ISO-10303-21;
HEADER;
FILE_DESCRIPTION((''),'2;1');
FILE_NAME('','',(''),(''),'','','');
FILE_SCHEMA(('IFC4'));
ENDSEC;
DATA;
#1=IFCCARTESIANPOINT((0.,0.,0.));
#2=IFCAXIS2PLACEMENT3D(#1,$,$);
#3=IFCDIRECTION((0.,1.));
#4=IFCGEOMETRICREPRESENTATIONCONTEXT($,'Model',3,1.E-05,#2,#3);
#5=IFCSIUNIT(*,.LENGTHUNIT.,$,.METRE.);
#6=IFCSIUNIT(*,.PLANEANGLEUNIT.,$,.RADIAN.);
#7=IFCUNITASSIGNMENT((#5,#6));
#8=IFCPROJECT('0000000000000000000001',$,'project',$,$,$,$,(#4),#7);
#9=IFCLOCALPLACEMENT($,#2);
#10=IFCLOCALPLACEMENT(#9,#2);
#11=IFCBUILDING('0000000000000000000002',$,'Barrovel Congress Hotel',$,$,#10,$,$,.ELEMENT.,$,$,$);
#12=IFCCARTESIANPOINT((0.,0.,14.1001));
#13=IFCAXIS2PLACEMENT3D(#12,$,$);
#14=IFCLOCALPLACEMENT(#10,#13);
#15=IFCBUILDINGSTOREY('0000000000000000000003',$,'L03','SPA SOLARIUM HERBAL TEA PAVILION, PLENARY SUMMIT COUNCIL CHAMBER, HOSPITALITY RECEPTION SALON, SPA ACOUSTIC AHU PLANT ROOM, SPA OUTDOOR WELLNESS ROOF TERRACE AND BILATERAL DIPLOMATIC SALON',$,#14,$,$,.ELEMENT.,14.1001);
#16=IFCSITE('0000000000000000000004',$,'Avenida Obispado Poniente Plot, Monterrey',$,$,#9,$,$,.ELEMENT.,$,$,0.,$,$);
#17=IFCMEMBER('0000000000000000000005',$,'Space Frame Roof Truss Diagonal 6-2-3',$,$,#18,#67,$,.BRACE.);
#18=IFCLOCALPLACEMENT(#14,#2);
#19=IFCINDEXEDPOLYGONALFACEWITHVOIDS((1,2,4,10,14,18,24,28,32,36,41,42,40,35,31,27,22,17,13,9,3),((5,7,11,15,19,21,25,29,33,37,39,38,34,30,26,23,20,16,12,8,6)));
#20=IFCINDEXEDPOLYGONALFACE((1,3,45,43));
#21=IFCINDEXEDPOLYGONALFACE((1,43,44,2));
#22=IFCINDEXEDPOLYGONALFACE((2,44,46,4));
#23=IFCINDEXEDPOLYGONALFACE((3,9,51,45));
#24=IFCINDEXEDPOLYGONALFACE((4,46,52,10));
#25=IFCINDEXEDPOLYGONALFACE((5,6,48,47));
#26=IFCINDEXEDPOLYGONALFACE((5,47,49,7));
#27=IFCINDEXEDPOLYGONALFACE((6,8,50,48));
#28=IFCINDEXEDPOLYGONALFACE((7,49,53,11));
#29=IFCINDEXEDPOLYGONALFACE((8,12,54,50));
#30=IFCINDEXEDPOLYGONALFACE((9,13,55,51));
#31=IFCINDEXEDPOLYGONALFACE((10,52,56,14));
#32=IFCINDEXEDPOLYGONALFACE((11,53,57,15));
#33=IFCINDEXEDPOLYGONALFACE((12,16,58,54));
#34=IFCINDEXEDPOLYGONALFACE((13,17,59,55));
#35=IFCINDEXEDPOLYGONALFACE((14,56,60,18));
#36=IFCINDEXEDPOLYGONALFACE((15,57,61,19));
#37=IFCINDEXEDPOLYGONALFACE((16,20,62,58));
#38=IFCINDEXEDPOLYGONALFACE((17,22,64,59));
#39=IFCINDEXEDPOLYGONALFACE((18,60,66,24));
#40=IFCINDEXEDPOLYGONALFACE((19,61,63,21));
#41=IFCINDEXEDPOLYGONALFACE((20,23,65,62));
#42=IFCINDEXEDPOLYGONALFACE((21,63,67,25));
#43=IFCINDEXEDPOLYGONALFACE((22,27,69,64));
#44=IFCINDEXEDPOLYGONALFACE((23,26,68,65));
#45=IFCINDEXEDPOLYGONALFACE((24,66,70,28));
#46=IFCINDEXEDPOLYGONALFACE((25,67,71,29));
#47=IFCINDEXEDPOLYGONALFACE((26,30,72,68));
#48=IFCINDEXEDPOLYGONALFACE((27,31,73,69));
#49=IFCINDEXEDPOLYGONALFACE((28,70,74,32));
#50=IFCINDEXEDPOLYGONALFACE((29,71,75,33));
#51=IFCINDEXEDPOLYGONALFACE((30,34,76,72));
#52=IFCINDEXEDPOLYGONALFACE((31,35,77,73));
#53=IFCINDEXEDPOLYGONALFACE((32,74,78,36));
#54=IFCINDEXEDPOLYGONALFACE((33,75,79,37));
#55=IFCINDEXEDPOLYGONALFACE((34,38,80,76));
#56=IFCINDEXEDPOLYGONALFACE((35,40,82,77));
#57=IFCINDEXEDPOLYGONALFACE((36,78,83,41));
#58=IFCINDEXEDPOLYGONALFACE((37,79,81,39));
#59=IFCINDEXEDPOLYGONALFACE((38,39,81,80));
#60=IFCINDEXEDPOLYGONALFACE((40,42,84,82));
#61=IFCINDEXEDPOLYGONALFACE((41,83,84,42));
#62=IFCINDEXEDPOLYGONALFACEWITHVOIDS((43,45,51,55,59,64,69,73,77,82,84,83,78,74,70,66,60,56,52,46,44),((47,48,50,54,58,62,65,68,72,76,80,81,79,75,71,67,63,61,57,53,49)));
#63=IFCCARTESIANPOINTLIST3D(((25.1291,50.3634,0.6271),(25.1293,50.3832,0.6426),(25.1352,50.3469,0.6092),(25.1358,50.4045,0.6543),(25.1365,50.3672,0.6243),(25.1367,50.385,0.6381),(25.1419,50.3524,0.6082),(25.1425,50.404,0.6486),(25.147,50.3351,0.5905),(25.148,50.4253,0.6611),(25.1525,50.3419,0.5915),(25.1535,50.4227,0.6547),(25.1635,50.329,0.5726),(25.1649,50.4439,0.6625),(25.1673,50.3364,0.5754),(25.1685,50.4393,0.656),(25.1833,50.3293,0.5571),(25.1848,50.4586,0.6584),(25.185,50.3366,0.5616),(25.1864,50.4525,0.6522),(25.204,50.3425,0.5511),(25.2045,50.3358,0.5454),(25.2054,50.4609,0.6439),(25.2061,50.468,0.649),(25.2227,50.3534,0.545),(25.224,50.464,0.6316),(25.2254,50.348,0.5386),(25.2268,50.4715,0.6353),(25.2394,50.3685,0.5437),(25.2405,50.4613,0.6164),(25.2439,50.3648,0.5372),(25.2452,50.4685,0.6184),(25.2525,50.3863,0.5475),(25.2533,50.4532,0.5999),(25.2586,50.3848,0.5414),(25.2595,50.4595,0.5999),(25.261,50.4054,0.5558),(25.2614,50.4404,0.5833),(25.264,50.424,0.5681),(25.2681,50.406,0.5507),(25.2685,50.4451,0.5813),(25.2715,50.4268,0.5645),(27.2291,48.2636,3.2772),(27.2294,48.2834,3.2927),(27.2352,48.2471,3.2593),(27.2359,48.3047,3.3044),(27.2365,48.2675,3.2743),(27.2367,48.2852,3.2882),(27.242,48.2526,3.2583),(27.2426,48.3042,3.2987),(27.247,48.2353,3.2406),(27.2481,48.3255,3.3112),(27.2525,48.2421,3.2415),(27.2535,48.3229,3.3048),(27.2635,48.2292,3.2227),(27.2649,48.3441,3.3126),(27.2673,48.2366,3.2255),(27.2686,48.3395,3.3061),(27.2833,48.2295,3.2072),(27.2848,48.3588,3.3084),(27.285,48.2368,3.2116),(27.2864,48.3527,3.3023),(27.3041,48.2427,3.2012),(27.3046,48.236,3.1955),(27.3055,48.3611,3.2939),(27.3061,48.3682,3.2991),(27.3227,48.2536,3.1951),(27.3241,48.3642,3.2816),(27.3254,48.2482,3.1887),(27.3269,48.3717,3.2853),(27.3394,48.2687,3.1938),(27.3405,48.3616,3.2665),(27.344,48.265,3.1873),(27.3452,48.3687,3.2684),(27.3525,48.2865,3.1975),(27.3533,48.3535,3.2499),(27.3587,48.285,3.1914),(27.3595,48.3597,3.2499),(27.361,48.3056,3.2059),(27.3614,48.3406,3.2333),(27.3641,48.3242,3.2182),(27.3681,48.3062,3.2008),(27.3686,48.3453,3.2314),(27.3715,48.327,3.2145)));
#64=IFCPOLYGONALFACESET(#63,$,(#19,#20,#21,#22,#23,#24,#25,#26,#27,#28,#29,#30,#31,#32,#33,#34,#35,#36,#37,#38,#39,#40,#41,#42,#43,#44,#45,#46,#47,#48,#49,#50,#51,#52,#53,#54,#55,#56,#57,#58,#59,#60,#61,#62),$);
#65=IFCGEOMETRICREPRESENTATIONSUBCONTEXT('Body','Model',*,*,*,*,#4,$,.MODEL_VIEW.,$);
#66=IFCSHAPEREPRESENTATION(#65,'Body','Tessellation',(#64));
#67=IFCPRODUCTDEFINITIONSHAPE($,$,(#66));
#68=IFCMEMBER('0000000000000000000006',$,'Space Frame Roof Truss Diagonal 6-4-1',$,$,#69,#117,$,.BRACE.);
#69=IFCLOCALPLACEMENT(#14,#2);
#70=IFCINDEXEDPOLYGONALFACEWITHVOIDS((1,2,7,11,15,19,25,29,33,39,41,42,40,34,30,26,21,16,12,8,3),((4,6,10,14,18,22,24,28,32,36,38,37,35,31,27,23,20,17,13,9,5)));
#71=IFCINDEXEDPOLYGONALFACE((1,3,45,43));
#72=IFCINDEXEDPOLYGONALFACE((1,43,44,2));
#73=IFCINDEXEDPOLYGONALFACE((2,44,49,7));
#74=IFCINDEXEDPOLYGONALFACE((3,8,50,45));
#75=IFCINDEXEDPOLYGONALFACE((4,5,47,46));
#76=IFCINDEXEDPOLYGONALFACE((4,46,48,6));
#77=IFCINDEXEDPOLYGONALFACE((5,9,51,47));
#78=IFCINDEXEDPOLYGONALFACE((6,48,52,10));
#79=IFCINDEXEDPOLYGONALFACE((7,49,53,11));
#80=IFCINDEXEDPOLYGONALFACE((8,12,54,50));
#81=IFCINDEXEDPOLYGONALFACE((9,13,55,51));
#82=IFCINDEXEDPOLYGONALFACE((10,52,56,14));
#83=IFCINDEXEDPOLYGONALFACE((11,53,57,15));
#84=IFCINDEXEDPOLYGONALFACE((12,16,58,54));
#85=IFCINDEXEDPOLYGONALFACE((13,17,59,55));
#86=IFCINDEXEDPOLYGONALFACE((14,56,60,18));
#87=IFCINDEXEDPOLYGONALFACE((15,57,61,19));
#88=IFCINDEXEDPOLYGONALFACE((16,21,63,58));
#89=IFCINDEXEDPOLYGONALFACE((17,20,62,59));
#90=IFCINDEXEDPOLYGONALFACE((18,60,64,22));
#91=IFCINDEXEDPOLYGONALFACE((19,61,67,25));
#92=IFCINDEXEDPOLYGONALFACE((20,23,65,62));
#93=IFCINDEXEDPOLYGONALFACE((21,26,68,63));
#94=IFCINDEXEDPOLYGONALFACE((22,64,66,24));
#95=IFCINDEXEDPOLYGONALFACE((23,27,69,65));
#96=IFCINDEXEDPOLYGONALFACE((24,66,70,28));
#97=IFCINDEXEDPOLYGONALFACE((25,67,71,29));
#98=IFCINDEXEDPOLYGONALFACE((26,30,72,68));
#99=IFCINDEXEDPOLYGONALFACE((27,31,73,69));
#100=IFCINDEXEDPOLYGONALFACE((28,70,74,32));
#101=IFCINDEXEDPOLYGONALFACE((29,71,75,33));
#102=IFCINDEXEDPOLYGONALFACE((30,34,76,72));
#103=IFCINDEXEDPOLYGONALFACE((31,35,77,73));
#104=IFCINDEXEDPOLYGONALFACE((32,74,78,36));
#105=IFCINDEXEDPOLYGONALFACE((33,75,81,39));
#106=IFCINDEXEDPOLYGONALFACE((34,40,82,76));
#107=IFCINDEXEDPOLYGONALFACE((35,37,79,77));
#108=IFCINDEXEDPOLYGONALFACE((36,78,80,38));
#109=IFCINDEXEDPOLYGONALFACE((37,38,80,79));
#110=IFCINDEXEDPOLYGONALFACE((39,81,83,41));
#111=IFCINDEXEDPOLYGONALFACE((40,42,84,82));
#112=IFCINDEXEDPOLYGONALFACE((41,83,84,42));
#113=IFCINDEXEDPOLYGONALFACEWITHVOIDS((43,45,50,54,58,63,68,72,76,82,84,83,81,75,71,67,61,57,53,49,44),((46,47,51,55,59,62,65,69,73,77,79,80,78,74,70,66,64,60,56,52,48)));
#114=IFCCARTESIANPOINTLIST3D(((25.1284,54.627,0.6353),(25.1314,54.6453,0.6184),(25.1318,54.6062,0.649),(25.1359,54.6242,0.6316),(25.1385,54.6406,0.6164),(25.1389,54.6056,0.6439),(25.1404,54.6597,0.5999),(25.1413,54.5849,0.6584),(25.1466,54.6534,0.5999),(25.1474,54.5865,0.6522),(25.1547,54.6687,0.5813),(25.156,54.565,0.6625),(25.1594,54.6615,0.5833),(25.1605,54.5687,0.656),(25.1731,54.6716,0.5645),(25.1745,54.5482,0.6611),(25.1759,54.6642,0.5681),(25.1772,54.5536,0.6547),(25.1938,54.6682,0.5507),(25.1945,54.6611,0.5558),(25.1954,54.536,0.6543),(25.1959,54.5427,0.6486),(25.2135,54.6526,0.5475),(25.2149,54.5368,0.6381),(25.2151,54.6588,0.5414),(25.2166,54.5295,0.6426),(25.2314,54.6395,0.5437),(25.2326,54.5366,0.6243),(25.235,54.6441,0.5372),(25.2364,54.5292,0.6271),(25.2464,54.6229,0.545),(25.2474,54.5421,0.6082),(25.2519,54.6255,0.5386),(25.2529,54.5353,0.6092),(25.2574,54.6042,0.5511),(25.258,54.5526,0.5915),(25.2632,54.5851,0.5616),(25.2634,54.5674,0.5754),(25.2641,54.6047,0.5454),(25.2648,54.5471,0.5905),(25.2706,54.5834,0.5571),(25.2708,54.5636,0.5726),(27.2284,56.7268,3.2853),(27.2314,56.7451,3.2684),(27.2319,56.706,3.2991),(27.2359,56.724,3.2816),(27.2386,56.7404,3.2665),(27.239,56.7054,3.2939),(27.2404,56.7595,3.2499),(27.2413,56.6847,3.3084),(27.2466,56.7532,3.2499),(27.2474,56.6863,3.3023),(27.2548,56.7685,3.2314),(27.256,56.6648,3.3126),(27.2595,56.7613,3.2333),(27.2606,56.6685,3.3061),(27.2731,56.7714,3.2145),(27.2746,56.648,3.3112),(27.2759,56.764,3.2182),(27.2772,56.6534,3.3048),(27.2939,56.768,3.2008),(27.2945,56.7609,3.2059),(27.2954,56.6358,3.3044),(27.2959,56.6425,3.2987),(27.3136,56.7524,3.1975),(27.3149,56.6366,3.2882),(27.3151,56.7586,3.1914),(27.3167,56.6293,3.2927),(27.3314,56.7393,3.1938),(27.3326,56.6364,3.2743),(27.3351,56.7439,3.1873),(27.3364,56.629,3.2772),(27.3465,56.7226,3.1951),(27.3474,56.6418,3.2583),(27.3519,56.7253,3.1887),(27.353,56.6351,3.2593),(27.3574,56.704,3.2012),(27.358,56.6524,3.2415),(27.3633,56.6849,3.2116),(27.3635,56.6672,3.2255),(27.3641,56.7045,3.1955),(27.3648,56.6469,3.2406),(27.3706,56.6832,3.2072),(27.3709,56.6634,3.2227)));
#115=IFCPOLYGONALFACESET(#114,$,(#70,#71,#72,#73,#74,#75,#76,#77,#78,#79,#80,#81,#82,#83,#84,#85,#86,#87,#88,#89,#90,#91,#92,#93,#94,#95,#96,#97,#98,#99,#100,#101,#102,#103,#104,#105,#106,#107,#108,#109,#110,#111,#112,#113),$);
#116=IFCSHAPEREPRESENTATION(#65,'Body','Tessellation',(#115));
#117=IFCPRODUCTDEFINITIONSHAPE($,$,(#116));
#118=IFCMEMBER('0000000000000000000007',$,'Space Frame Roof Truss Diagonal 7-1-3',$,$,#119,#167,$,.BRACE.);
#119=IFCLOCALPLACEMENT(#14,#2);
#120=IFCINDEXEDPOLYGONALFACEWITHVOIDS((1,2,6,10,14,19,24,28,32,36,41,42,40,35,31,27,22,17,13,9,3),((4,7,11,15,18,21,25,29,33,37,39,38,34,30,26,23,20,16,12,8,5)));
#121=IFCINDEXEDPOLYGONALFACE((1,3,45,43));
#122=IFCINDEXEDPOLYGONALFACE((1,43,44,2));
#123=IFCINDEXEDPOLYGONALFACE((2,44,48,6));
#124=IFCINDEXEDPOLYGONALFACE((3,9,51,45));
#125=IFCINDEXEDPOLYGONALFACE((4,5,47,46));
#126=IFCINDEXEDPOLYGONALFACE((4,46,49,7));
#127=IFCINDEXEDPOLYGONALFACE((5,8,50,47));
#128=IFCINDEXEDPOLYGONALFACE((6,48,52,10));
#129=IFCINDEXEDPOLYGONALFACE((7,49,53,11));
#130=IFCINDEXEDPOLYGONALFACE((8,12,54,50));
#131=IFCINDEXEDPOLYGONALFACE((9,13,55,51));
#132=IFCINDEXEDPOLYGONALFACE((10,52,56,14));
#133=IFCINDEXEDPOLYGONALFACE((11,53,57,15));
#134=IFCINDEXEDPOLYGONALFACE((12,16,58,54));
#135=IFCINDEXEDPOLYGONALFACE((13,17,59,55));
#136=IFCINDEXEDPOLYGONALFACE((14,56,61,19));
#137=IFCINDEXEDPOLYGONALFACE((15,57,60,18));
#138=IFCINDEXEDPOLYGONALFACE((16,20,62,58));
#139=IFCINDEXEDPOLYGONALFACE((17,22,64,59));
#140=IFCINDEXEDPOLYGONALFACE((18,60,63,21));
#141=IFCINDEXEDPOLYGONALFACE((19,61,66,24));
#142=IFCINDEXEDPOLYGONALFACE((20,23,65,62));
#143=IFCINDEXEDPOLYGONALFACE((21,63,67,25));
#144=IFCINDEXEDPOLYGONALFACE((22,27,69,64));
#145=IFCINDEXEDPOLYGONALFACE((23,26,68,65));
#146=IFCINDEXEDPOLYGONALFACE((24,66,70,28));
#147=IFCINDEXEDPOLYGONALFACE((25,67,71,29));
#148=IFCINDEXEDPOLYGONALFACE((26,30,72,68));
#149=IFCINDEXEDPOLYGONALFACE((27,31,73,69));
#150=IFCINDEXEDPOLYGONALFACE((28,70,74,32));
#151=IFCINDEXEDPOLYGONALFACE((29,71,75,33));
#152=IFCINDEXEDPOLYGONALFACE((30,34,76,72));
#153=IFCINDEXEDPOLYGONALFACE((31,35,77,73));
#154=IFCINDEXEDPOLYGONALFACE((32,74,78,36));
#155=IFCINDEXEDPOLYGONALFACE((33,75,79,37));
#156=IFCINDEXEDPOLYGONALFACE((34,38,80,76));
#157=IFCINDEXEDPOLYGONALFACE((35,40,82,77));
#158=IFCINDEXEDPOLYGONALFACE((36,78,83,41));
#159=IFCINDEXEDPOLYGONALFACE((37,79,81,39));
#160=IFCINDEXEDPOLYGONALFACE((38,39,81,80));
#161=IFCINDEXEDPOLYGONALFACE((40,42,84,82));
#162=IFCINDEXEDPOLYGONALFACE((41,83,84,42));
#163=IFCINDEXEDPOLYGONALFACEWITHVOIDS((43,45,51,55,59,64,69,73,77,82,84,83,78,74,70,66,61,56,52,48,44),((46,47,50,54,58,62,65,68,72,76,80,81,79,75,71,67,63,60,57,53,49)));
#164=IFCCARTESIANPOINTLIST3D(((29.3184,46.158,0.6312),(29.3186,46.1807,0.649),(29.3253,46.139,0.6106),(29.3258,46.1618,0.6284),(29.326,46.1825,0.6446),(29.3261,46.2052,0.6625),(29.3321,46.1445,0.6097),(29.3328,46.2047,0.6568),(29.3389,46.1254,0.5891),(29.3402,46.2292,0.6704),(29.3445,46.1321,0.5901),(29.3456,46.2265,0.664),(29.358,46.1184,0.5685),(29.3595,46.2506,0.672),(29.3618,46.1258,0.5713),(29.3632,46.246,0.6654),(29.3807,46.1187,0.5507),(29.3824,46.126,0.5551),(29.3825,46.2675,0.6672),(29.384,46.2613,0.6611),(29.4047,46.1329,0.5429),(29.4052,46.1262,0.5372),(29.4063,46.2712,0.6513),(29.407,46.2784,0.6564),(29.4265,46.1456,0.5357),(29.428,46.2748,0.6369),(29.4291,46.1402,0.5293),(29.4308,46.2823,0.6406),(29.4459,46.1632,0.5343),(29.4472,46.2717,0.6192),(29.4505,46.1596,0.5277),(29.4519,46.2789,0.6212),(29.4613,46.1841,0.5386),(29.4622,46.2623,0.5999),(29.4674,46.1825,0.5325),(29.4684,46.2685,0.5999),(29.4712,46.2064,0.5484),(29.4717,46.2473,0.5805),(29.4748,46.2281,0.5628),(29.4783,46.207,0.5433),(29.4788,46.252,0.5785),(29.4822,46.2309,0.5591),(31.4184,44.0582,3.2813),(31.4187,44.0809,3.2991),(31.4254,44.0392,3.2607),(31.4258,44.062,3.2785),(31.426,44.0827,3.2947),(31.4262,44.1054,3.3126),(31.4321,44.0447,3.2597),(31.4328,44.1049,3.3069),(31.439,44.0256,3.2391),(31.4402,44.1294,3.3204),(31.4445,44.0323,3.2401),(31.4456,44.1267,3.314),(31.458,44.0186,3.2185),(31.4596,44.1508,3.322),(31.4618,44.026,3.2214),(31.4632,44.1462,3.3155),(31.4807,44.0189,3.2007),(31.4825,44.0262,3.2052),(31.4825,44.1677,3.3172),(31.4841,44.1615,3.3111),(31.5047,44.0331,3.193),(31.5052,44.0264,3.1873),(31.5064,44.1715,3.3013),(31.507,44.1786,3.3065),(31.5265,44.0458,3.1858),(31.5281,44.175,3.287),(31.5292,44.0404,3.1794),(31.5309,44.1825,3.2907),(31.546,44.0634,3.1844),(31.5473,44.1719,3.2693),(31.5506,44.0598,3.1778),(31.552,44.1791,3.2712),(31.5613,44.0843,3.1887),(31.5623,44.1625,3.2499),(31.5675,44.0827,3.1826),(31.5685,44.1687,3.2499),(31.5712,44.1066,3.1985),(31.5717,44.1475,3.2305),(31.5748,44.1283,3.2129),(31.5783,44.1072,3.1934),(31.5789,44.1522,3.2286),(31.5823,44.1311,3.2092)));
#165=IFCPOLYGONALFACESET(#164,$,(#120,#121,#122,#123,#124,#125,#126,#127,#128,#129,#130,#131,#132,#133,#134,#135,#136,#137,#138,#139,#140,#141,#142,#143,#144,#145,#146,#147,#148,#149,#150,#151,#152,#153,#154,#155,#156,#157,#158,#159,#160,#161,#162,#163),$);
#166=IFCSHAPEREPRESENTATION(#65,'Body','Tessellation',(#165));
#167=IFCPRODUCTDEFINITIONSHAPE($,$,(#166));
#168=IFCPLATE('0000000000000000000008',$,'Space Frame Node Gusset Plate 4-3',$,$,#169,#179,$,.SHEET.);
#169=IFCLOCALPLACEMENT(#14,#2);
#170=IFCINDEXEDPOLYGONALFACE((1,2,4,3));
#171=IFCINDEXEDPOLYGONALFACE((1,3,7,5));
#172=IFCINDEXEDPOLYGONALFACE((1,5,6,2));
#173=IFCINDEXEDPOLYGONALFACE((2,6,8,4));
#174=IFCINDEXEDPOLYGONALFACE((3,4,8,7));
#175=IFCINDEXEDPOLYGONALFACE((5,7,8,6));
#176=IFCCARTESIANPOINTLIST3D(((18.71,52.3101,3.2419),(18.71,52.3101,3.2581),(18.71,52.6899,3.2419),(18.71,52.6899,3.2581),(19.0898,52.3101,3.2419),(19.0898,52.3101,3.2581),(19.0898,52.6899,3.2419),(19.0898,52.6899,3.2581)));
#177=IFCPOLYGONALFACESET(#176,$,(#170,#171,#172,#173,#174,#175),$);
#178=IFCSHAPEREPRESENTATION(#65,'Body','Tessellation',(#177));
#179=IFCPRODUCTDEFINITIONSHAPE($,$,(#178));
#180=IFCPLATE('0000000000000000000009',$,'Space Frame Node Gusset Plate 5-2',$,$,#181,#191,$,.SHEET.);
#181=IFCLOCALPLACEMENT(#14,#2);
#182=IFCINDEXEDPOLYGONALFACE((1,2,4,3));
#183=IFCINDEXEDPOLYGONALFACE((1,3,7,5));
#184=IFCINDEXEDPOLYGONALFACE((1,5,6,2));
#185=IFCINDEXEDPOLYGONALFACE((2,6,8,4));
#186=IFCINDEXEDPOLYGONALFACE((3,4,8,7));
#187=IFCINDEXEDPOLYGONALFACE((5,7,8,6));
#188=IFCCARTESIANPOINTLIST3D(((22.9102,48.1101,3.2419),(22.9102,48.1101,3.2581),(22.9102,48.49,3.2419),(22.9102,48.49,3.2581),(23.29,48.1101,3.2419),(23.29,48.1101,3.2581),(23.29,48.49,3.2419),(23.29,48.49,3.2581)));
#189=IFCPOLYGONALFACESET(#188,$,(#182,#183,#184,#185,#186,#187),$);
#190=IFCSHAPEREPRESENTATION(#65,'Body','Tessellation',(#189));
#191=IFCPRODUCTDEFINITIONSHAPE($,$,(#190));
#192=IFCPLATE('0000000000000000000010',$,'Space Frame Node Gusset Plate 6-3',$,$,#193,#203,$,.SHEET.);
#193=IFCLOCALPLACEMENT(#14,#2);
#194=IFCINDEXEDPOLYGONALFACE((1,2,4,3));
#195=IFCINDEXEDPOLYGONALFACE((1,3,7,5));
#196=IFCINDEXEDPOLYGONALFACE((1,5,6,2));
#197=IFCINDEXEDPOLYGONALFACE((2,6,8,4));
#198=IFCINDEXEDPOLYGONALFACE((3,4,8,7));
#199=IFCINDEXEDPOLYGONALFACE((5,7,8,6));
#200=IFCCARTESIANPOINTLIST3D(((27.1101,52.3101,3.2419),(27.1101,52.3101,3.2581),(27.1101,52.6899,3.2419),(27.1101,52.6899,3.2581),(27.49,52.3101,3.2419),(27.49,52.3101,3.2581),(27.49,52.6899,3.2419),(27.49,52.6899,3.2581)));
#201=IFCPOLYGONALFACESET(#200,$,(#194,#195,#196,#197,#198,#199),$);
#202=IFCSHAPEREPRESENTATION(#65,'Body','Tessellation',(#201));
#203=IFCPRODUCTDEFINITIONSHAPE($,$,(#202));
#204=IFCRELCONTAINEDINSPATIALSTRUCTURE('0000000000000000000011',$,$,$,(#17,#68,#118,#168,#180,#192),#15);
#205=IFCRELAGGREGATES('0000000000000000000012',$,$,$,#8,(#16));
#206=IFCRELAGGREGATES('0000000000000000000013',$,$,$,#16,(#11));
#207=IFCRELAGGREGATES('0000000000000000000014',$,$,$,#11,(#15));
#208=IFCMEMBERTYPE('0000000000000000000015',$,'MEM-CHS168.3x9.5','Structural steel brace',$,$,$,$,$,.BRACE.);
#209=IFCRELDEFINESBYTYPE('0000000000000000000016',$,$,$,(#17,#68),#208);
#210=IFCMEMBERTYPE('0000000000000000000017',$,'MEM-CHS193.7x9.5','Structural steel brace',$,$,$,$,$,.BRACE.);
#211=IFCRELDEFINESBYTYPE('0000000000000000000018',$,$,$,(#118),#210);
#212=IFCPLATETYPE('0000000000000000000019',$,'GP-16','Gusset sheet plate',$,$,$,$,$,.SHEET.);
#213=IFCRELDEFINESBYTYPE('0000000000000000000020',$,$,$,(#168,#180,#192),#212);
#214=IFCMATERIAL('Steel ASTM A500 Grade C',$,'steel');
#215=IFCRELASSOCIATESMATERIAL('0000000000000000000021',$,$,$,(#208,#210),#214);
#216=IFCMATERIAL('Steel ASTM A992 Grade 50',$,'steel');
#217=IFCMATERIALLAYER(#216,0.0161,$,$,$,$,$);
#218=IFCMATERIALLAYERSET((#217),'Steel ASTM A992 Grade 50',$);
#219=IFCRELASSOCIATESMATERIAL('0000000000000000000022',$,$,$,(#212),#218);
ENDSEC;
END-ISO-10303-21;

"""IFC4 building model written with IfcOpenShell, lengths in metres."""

from ifc_helpers import new_model, si_unit, direction, frame, origin, origin_2d, place, context, subcontext, project, spatial, rectangle, hollow_circle, extrude, material, layer, layer_set, material_profile, profile_set, type_object, element, save


model = new_model("IFC4")

# Units and contexts
model_context = context("Model", 3, precision=1e-05, world=origin(), true_north=direction((0.0, 1.0)))
body_context = subcontext(model_context, "Body", "Model", "MODEL_VIEW")
ifc_project = project(units=[si_unit("LENGTHUNIT", "METRE"), si_unit("PLANEANGLEUNIT", "RADIAN")], contexts=[model_context])

# Site, building, storey
site_placement = place(None, origin())
site = spatial("IfcSite", under=ifc_project, at=site_placement, Name="Avenida Obispado Poniente Plot, Monterrey", CompositionType="ELEMENT", RefElevation=0.0)
building_placement = place(site_placement, origin())
building = spatial("IfcBuilding", under=site, at=building_placement, Name="Barrovel Congress Hotel", CompositionType="ELEMENT")
storey_placement = place(building_placement, frame((0.0, 0.0, 14.1001)))
storey = spatial("IfcBuildingStorey", under=building, at=storey_placement, Name="L03", Description="SPA SOLARIUM HERBAL TEA PAVILION, PLENARY SUMMIT COUNCIL CHAMBER, HOSPITALITY RECEPTION SALON, SPA ACOUSTIC AHU PLANT ROOM, SPA OUTDOOR WELLNESS ROOF TERRACE AND BILATERAL DIPLOMATIC SALON", CompositionType="ELEMENT", Elevation=14.1001)

# Members
ifc_material_1 = material(Name="Steel ASTM A500 Grade C", Category="steel")
ifc_material_profile_1 = material_profile(ifc_material_1, hollow_circle(Radius=0.0842, WallThickness=0.0088, at=origin_2d()), Name="CHS168.3x9.5")
ifc_profile_set_1 = profile_set([ifc_material_profile_1], Name="Steel ASTM A500 Grade C")
member_type_1 = type_object("IfcMemberType", Name="MEM-CHS168.3x9.5", Description="Structural steel brace", PredefinedType="BRACE", material=ifc_profile_set_1)
for number, where, z_axis, x_axis, name in (
    (1, (25.2, 50.3999, 0.5999), (0.527618, -0.527557, 0.66581), (0.707066, 0.707148, 0.0), "Space Frame Roof Truss Diagonal 6-2-3"),
    (2, (25.2, 54.6001, 0.5999), (0.527618, 0.527557, 0.66581), (-0.707066, 0.707148, 0.0), "Space Frame Roof Truss Diagonal 6-4-1"),
):
    element("IfcMember", number, at=place(storey_placement, frame(where, z_axis=z_axis, x_axis=x_axis)), inside=storey, type_object=member_type_1, Name=name, PredefinedType="BRACE", context=body_context, shape_type="SweptSolid", body=[
        extrude(hollow_circle(Radius=0.0842, WallThickness=0.0088, at=origin_2d()), origin(), (0.0, 0.0, 1.0), 3.9802),
    ])
ifc_material_profile_2 = material_profile(ifc_material_1, hollow_circle(Radius=0.0969, WallThickness=0.0088, at=origin_2d()), Name="CHS193.7x9.5")
ifc_profile_set_2 = profile_set([ifc_material_profile_2], Name="Steel ASTM A500 Grade C")
member_type_2 = type_object("IfcMemberType", Name="MEM-CHS193.7x9.5", Description="Structural steel brace", PredefinedType="BRACE", material=ifc_profile_set_2)
member_1_placement = place(storey_placement, frame((29.3999, 46.2, 0.5999), z_axis=(0.527618, -0.527557, 0.66581), x_axis=(0.707066, 0.707148, 0.0)))
element("IfcMember", 3, at=member_1_placement, inside=storey, type_object=member_type_2, Name="Space Frame Roof Truss Diagonal 7-1-3", PredefinedType="BRACE", context=body_context, shape_type="SweptSolid", body=[
    extrude(hollow_circle(Radius=0.0969, WallThickness=0.0088, at=origin_2d()), origin(), (0.0, 0.0, 1.0), 3.9802),
])

# Plates
ifc_material_2 = material(Name="Steel ASTM A992 Grade 50", Category="steel")
ifc_layer_1 = layer(ifc_material_2, 0.0161)
ifc_layer_set_1 = layer_set([ifc_layer_1], Name="Steel ASTM A992 Grade 50")
plate_type_1 = type_object("IfcPlateType", Name="GP-16", Description="Gusset sheet plate", PredefinedType="SHEET", material=ifc_layer_set_1)
for number, where, z_axis, x_axis, name in (
    (4, (18.8999, 52.5, 3.2419), (0.0, 0.0, 1.0), (1.0, 0.0, 0.0), "Space Frame Node Gusset Plate 4-3"),
    (5, (23.1001, 48.3, 3.2419), (0.0, 0.0, 1.0), (1.0, 0.0, 0.0), "Space Frame Node Gusset Plate 5-2"),
    (6, (27.3, 52.5, 3.2419), (0.0, 0.0, 1.0), (1.0, 0.0, 0.0), "Space Frame Node Gusset Plate 6-3"),
):
    element("IfcPlate", number, at=place(storey_placement, frame(where, z_axis=z_axis, x_axis=x_axis)), inside=storey, type_object=plate_type_1, Name=name, PredefinedType="SHEET", context=body_context, shape_type="SweptSolid", body=[
        extrude(rectangle(XDim=0.3799, YDim=0.3799, at=origin_2d()), origin(), (0.0, 0.0, 1.0), 0.0161),
    ])

save(model, "model.ifc")
